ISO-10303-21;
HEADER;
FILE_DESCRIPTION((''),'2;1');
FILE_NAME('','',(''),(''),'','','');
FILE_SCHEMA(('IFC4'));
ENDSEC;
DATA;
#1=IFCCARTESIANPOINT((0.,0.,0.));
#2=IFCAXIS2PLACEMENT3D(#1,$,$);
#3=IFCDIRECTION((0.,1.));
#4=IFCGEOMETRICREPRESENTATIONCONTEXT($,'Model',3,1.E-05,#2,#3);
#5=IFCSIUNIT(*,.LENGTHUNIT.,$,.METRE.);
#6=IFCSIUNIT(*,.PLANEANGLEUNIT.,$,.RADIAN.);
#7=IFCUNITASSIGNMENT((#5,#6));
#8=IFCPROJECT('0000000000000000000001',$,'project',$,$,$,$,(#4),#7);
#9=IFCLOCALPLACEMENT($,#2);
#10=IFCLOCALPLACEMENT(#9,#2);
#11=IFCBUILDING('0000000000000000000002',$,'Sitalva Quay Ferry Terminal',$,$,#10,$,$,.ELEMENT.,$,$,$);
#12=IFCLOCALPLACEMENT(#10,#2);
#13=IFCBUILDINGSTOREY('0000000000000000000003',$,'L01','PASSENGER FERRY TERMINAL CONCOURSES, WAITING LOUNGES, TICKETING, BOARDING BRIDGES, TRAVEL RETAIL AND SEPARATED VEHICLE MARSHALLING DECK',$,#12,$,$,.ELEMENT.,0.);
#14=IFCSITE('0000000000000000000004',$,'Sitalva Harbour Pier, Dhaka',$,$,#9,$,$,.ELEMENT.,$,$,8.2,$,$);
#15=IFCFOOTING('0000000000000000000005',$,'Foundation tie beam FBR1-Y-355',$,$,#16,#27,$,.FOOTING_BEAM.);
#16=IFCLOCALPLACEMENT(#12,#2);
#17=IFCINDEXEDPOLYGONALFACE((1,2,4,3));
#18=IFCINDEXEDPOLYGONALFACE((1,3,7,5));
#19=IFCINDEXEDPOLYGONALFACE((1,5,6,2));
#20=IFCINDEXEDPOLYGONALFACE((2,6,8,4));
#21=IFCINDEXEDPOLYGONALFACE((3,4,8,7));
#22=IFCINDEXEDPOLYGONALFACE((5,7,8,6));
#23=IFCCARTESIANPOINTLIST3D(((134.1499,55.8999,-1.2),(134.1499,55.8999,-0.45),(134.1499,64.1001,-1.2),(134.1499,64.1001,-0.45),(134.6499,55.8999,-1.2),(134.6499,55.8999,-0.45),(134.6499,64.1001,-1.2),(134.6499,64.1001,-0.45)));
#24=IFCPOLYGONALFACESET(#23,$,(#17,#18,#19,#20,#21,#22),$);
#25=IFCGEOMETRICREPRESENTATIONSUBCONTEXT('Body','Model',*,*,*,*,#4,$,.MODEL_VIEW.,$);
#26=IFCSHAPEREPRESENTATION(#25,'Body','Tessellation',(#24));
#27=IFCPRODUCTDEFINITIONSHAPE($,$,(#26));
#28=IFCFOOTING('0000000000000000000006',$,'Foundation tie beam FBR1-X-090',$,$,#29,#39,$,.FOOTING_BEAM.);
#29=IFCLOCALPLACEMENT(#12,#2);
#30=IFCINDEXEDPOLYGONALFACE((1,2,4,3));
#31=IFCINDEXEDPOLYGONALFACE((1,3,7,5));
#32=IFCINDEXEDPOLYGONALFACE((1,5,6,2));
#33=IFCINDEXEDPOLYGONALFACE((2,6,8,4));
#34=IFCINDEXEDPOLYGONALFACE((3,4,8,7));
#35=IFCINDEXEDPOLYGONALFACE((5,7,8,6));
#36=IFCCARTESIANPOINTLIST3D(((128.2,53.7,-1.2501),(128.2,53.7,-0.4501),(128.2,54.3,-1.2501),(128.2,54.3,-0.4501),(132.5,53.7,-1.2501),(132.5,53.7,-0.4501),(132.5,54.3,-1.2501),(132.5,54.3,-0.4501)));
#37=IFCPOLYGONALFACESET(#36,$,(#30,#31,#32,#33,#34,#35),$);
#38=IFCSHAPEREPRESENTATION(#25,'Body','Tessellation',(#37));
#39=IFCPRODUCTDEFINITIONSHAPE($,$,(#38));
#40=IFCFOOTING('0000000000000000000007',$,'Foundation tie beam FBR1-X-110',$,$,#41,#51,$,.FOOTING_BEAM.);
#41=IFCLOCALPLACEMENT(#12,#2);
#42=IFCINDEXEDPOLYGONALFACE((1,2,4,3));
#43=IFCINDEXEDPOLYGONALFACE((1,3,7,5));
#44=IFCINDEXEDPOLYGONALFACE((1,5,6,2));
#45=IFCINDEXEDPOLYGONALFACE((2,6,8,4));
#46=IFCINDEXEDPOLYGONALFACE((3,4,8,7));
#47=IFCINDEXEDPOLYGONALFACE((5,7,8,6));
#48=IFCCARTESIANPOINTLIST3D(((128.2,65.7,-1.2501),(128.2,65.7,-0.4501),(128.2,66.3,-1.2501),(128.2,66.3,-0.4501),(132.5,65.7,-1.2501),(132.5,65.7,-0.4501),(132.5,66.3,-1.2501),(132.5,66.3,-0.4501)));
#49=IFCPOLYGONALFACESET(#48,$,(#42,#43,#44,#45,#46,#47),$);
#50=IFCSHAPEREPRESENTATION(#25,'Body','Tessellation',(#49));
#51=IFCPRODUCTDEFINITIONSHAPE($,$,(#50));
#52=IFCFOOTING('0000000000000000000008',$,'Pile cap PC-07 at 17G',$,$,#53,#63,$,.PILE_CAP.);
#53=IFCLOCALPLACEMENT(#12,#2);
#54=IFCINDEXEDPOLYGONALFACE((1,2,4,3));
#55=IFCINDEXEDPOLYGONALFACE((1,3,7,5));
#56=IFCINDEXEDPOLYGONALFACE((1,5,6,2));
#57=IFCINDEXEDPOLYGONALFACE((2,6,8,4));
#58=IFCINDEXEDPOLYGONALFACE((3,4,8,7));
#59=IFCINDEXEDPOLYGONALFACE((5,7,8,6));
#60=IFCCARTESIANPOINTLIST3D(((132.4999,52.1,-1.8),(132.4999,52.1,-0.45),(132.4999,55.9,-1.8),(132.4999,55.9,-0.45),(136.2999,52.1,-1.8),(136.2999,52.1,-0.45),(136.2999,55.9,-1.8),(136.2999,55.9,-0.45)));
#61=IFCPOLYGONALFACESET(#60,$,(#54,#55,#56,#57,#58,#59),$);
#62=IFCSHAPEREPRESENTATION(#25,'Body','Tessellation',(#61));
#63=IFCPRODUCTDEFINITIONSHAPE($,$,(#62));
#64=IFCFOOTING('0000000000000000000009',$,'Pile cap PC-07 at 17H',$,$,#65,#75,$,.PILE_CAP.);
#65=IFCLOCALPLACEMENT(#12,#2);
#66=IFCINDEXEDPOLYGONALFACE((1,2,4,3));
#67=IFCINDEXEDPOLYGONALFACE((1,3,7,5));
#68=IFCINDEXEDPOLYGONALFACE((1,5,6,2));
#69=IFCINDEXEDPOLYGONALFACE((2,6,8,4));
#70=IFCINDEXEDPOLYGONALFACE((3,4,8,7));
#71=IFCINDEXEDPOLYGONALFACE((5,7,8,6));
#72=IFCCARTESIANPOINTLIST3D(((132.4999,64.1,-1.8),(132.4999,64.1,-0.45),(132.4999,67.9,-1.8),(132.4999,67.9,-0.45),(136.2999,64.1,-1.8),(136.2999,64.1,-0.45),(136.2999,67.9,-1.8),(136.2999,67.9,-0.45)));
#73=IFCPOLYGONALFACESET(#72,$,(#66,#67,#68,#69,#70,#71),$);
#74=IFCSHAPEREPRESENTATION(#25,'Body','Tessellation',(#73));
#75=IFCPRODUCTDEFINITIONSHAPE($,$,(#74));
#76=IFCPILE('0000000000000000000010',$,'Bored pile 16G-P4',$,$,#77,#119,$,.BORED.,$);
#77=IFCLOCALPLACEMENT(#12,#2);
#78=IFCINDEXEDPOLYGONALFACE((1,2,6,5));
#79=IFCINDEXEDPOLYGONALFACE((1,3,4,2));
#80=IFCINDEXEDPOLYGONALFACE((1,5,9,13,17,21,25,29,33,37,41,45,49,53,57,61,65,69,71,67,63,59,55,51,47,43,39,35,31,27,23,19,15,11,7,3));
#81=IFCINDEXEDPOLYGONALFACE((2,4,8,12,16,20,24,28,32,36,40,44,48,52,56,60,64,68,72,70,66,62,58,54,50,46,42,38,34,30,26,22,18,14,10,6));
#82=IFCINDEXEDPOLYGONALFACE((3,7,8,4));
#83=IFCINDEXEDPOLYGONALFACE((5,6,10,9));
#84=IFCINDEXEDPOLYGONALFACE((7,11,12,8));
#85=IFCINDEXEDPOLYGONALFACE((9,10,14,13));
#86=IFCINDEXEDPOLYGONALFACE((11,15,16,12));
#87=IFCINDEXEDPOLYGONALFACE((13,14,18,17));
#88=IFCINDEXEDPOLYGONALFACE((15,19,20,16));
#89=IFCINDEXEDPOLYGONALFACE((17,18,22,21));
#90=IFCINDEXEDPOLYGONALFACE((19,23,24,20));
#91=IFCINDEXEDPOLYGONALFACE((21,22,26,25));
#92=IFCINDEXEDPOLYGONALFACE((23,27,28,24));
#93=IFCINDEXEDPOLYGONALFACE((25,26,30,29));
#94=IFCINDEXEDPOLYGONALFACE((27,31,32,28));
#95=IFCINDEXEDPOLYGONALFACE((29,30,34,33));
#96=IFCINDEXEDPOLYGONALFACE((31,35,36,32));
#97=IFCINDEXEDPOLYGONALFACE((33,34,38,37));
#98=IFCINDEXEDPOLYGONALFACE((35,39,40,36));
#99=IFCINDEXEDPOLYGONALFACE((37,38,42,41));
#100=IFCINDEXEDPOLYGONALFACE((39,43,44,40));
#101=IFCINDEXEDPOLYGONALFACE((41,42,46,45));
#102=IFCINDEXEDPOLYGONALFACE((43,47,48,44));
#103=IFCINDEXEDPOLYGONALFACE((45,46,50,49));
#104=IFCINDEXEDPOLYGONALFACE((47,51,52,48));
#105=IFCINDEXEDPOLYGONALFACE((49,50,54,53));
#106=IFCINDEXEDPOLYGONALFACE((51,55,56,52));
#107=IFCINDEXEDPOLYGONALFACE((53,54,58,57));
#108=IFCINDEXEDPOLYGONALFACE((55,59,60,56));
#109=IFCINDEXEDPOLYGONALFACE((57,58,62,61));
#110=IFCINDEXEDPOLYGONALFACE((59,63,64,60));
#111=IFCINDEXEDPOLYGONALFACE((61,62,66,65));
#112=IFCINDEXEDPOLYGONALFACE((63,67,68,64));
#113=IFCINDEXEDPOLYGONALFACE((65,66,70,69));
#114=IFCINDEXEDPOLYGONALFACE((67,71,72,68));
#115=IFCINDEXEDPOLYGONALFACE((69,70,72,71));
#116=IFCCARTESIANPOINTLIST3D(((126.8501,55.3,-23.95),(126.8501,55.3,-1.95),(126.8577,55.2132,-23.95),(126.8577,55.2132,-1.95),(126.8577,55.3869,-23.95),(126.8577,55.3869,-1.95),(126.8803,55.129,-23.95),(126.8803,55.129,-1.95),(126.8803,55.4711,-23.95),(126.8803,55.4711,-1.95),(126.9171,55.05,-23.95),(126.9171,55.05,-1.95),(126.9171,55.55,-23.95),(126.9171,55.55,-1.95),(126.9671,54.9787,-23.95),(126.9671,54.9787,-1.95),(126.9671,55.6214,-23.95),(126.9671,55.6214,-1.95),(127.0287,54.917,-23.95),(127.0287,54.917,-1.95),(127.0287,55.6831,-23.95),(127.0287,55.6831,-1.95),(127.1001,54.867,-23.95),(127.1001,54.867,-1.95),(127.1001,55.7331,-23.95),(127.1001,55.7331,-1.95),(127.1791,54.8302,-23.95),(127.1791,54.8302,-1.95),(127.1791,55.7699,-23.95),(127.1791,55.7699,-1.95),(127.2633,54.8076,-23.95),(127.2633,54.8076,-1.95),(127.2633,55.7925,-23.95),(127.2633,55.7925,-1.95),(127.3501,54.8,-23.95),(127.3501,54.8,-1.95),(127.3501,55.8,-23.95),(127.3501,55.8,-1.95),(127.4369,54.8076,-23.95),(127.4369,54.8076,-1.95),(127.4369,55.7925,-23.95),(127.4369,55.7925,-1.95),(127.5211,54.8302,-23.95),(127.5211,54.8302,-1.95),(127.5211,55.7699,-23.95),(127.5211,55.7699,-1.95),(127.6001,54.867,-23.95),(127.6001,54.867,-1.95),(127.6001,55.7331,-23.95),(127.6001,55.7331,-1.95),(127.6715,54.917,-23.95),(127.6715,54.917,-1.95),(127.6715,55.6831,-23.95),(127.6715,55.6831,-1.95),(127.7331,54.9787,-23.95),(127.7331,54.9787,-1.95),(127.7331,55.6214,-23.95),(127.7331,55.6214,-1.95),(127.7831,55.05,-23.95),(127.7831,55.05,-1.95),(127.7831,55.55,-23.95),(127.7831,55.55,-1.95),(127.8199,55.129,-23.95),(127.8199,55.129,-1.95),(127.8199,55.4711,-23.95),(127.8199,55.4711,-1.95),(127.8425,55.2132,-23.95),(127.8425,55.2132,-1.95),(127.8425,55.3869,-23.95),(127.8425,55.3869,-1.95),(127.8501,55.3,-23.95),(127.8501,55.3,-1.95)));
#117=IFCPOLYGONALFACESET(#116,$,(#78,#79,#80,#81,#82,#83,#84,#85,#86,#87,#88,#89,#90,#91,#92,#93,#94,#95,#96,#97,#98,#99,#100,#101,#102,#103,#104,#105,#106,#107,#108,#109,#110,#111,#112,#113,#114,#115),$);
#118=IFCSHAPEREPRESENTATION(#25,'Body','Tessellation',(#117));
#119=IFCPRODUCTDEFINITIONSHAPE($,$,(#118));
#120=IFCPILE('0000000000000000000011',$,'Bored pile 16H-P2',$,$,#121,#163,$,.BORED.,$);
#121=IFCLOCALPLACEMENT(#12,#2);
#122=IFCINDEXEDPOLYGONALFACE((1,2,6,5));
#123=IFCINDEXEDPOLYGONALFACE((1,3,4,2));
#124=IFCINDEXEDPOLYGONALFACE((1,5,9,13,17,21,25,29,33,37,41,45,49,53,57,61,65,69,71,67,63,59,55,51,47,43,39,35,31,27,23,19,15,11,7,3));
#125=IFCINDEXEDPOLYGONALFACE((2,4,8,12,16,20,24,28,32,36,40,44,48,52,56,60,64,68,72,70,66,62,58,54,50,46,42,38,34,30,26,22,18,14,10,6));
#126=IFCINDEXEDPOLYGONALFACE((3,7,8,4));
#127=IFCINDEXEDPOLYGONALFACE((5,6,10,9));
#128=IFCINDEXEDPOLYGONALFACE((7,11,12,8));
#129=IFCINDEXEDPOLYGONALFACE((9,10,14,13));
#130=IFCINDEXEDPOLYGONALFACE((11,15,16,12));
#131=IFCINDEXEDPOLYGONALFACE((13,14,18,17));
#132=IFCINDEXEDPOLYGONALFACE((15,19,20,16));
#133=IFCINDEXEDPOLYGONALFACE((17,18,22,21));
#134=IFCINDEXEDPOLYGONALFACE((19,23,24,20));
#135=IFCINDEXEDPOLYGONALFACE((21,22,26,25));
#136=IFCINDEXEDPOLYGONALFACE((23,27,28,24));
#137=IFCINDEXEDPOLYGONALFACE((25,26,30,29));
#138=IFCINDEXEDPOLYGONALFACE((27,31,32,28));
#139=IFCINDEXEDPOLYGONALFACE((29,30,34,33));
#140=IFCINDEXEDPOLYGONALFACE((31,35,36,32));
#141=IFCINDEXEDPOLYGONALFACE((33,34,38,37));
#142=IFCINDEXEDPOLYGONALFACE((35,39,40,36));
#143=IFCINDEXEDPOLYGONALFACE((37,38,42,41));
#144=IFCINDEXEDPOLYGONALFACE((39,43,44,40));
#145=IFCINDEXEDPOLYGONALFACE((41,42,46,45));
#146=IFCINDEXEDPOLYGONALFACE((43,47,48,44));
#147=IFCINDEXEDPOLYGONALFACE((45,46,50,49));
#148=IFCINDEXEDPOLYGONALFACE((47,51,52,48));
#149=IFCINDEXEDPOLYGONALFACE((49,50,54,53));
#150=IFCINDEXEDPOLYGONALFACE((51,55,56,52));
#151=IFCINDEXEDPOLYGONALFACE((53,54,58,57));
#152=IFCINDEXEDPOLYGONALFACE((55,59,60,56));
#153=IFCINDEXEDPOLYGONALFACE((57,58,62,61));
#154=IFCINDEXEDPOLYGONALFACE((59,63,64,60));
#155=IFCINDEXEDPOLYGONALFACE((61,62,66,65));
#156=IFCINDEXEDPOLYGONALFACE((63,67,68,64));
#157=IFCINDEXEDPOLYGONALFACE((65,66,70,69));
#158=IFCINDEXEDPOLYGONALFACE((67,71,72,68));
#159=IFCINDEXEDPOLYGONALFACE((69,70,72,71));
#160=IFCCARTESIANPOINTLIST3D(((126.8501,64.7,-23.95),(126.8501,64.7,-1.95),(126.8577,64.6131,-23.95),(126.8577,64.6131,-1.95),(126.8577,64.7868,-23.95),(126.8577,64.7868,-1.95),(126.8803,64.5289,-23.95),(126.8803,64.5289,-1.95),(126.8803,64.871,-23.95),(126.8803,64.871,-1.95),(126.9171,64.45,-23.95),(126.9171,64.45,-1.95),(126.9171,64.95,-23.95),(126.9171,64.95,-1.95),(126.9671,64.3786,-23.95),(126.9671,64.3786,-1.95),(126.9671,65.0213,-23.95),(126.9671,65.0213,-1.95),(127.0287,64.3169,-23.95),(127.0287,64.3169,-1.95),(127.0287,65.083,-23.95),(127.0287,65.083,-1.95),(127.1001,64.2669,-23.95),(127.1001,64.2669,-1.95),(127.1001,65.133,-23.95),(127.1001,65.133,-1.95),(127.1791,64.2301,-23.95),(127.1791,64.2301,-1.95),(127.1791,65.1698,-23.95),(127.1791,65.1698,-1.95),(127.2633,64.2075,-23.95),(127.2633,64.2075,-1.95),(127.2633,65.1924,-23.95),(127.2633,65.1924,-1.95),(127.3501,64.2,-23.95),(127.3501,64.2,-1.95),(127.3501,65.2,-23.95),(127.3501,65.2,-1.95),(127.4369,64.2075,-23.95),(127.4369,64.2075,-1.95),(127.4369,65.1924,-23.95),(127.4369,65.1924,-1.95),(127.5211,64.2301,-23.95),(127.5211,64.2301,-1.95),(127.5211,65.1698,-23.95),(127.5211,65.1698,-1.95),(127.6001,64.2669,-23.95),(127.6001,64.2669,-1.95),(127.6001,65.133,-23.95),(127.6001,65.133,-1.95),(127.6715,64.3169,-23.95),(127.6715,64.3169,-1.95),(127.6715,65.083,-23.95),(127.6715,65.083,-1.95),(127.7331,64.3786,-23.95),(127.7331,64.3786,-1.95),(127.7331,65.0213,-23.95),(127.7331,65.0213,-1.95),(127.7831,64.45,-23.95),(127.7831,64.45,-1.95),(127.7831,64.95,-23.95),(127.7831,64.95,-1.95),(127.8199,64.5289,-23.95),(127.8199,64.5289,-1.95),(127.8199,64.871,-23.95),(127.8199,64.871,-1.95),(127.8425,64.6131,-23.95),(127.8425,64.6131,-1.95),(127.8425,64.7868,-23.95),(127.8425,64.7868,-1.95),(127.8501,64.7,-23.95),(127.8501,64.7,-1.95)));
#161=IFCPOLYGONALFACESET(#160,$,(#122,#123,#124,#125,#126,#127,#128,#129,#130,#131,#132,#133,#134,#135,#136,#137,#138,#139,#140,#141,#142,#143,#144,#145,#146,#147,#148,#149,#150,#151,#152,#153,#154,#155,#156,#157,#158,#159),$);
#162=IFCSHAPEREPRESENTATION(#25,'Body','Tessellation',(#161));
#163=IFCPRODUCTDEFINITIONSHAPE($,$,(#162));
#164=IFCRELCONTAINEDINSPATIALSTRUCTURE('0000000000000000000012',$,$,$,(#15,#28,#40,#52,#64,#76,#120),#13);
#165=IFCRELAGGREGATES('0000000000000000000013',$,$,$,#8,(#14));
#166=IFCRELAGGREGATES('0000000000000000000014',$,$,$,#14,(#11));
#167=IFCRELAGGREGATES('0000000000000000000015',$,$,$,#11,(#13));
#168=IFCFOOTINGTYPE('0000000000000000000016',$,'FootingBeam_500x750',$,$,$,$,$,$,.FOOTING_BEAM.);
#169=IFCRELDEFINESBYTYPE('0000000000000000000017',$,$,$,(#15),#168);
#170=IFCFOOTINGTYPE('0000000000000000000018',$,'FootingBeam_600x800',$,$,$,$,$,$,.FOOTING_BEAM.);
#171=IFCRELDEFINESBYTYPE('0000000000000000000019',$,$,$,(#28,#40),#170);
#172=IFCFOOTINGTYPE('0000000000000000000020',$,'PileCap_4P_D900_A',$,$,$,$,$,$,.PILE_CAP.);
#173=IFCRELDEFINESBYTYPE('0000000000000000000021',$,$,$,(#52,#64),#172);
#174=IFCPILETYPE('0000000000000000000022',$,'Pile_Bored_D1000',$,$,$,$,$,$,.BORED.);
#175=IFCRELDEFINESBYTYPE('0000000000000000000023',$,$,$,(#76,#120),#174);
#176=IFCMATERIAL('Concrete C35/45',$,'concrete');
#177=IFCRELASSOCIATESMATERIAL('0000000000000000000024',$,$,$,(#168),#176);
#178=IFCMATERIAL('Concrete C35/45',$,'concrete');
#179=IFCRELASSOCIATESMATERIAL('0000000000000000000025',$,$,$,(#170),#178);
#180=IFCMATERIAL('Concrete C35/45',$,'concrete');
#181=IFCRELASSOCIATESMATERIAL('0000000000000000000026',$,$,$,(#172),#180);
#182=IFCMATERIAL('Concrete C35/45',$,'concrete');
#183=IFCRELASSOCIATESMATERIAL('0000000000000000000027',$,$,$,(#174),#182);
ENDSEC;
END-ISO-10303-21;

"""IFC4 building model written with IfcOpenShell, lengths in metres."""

from ifc_helpers import new_model, si_unit, direction, frame, origin, origin_2d, place, context, subcontext, project, spatial, rectangle, circle, extrude, material, material_profile, profile_set, type_object, element, save


model = new_model("IFC4")

# Units and contexts
model_context = context("Model", 3, precision=1e-05, world=origin(), true_north=direction((0.0, 1.0)))
body_context = subcontext(model_context, "Body", "Model", "MODEL_VIEW")
ifc_project = project(units=[si_unit("LENGTHUNIT", "METRE"), si_unit("PLANEANGLEUNIT", "RADIAN")], contexts=[model_context])

# Site, building, storey
site_placement = place(None, origin())
site = spatial("IfcSite", under=ifc_project, at=site_placement, Name="Sitalva Harbour Pier, Dhaka", CompositionType="ELEMENT", RefElevation=8.2)
building_placement = place(site_placement, origin())
building = spatial("IfcBuilding", under=site, at=building_placement, Name="Sitalva Quay Ferry Terminal", CompositionType="ELEMENT")
storey_placement = place(building_placement, origin())
storey = spatial("IfcBuildingStorey", under=building, at=storey_placement, Name="L01", Description="PASSENGER FERRY TERMINAL CONCOURSES, WAITING LOUNGES, TICKETING, BOARDING BRIDGES, TRAVEL RETAIL AND SEPARATED VEHICLE MARSHALLING DECK", CompositionType="ELEMENT", Elevation=0.0)

# Footings
ifc_material_1 = material(Name="Concrete C35/45", Category="concrete")
ifc_material_profile_1 = material_profile(ifc_material_1, rectangle(XDim=0.5, YDim=0.75, at=origin_2d()), Name="RC500x750")
ifc_profile_set_1 = profile_set([ifc_material_profile_1], Name="Concrete C35/45")
footing_type_1 = type_object("IfcFootingType", Name="FootingBeam_500x750", PredefinedType="FOOTING_BEAM", material=ifc_profile_set_1)
footing_placement = place(storey_placement, frame((134.3999, 55.8999, -0.825), z_axis=(0.0, 1.0, 0.0), x_axis=(-1.0, 0.0, 0.0)))
element("IfcFooting", 1, at=footing_placement, inside=storey, type_object=footing_type_1, Name="Foundation tie beam FBR1-Y-355", PredefinedType="FOOTING_BEAM", context=body_context, shape_type="SweptSolid", body=[
    extrude(rectangle(XDim=0.5, YDim=0.75, at=origin_2d()), origin(), (0.0, 0.0, 1.0), 8.2002),
])
ifc_material_2 = material(Name="Concrete C35/45", Category="concrete")
ifc_material_profile_2 = material_profile(ifc_material_2, rectangle(XDim=0.6001, YDim=0.8, at=origin_2d()), Name="RC600x800")
ifc_profile_set_2 = profile_set([ifc_material_profile_2], Name="Concrete C35/45")
footing_type_2 = type_object("IfcFootingType", Name="FootingBeam_600x800", PredefinedType="FOOTING_BEAM", material=ifc_profile_set_2)
for number, where, z_axis, x_axis, name in (
    (2, (128.2, 54.0, -0.8501), (1.0, 0.0, 0.0), (0.0, 1.0, 0.0), "Foundation tie beam FBR1-X-090"),
    (3, (128.2, 66.0, -0.8501), (1.0, 0.0, 0.0), (0.0, 1.0, 0.0), "Foundation tie beam FBR1-X-110"),
):
    element("IfcFooting", number, at=place(storey_placement, frame(where, z_axis=z_axis, x_axis=x_axis)), inside=storey, type_object=footing_type_2, Name=name, PredefinedType="FOOTING_BEAM", context=body_context, shape_type="SweptSolid", body=[
        extrude(rectangle(XDim=0.6001, YDim=0.8, at=origin_2d()), origin(), (0.0, 0.0, 1.0), 4.3),
    ])
ifc_material_3 = material(Name="Concrete C35/45", Category="concrete")
footing_type_3 = type_object("IfcFootingType", Name="PileCap_4P_D900_A", PredefinedType="PILE_CAP", material=ifc_material_3)
for number, where, z_axis, x_axis, name in (
    (4, (134.3999, 54.0, -1.8), (0.0, 0.0, 1.0), (1.0, 0.0, 0.0), "Pile cap PC-07 at 17G"),
    (5, (134.3999, 66.0, -1.8), (0.0, 0.0, 1.0), (1.0, 0.0, 0.0), "Pile cap PC-07 at 17H"),
):
    element("IfcFooting", number, at=place(storey_placement, frame(where, z_axis=z_axis, x_axis=x_axis)), inside=storey, type_object=footing_type_3, Name=name, PredefinedType="PILE_CAP", context=body_context, shape_type="SweptSolid", body=[
        extrude(rectangle(XDim=3.8, YDim=3.8, at=origin_2d()), origin(), (0.0, 0.0, 1.0), 1.3501),
    ])

# Piles
ifc_material_4 = material(Name="Concrete C35/45", Category="concrete")
ifc_material_profile_3 = material_profile(ifc_material_4, circle(Radius=0.5, at=origin_2d()), Name="PILE-D1000")
ifc_profile_set_3 = profile_set([ifc_material_profile_3], Name="Concrete C35/45")
pile_type_1 = type_object("IfcPileType", Name="Pile_Bored_D1000", PredefinedType="BORED", material=ifc_profile_set_3)
for number, where, z_axis, x_axis, name in (
    (6, (127.3501, 55.3, -1.95), (0.0, 0.0, -1.0), (1.0, 0.0, 0.0), "Bored pile 16G-P4"),
    (7, (127.3501, 64.7, -1.95), (0.0, 0.0, -1.0), (1.0, 0.0, 0.0), "Bored pile 16H-P2"),
):
    element("IfcPile", number, at=place(storey_placement, frame(where, z_axis=z_axis, x_axis=x_axis)), inside=storey, type_object=pile_type_1, Name=name, PredefinedType="BORED", context=body_context, shape_type="SweptSolid", body=[
        extrude(circle(Radius=0.5, at=origin_2d()), origin(), (0.0, 0.0, 1.0), 22.0),
    ])

save(model, "model.ifc")
